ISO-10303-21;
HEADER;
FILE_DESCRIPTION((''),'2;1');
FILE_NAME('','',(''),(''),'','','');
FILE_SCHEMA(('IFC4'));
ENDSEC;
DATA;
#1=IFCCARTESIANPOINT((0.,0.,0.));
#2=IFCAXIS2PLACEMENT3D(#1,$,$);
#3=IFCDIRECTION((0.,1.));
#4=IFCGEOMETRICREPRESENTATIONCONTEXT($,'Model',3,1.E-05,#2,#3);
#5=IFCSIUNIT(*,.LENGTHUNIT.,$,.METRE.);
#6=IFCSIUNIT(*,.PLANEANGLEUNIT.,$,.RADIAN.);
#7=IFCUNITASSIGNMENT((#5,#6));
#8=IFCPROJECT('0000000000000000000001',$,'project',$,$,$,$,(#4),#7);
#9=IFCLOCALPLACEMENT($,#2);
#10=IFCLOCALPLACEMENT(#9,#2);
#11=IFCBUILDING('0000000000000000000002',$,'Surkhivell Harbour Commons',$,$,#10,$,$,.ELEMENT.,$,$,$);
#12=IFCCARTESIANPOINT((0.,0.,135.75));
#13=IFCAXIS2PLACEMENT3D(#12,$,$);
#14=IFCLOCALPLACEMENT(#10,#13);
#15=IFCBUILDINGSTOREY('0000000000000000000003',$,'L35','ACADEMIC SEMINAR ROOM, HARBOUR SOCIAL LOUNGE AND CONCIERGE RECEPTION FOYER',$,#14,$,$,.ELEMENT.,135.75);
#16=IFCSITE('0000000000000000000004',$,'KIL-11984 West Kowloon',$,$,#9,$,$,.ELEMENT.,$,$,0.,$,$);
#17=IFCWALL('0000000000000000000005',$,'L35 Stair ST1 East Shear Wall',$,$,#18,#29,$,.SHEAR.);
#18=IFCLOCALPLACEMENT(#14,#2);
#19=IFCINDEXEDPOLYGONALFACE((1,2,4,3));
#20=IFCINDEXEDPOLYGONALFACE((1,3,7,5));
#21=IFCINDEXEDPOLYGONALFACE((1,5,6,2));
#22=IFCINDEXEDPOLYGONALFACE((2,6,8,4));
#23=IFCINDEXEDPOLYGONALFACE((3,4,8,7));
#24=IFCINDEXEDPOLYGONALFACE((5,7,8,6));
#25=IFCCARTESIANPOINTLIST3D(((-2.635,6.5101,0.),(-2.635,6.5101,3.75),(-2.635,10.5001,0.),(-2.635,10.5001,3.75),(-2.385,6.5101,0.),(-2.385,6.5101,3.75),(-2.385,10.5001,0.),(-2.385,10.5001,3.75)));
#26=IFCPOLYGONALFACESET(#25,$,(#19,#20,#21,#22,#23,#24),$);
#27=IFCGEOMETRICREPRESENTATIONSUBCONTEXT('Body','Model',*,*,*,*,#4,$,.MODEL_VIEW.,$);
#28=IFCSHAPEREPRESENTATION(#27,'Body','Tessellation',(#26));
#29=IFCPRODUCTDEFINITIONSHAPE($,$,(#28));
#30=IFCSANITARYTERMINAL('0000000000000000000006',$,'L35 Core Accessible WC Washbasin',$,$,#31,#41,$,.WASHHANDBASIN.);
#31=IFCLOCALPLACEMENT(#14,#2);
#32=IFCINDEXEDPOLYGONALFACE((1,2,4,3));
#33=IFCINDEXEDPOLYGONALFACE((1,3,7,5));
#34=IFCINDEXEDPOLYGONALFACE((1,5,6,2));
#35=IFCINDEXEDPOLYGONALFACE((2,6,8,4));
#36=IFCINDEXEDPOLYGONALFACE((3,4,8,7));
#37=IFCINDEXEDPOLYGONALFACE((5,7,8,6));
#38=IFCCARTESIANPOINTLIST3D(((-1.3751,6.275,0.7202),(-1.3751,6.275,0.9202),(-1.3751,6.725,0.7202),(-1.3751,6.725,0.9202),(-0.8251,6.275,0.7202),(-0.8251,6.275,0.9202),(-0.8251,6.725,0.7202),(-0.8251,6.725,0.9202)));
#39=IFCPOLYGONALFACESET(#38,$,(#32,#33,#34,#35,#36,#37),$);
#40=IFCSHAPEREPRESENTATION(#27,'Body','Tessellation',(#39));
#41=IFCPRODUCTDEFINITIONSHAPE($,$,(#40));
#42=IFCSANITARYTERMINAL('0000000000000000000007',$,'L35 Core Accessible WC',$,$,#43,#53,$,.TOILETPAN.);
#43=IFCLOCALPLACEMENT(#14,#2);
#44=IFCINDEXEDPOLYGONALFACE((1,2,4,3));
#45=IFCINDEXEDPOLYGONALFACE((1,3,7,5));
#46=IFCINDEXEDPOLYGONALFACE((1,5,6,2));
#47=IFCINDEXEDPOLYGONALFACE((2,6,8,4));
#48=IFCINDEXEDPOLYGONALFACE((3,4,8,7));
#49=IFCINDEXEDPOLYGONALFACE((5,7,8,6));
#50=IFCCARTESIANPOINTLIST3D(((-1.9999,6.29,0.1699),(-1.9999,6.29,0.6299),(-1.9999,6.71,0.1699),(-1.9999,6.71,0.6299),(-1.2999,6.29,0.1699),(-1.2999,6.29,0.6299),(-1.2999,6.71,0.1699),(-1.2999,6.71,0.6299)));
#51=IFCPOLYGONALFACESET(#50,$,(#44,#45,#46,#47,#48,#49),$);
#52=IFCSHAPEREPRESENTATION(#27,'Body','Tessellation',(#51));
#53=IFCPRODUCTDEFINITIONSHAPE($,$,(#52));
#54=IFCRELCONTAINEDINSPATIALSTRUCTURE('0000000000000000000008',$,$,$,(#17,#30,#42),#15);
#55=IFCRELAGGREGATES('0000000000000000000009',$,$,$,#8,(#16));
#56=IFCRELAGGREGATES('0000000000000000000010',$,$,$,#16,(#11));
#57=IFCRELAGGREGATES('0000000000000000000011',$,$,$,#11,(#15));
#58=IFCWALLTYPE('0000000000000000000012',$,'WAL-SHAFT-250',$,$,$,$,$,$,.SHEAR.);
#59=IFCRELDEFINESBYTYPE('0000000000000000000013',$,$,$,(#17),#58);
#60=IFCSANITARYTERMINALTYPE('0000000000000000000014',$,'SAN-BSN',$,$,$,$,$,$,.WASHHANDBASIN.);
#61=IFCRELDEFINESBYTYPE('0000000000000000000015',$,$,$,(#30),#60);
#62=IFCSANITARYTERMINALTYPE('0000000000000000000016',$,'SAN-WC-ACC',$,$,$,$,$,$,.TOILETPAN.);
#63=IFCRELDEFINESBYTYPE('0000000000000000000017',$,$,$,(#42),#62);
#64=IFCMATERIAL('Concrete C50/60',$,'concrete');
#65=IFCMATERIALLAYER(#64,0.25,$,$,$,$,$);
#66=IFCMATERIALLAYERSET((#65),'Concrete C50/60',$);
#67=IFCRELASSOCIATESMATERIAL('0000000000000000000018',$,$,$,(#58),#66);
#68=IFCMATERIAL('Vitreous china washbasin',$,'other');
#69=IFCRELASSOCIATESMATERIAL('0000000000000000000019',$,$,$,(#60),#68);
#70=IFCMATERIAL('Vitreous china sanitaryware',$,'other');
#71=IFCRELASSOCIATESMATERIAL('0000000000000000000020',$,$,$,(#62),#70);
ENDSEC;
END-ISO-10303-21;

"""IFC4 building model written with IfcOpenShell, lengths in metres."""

from ifc_helpers import new_model, si_unit, direction, frame, frame_2d, origin, origin_2d, place, context, subcontext, project, spatial, rectangle, extrude, material, layer, layer_set, type_object, element, save


model = new_model("IFC4")

# Units and contexts
model_context = context("Model", 3, precision=1e-05, world=origin(), true_north=direction((0.0, 1.0)))
body_context = subcontext(model_context, "Body", "Model", "MODEL_VIEW")
ifc_project = project(units=[si_unit("LENGTHUNIT", "METRE"), si_unit("PLANEANGLEUNIT", "RADIAN")], contexts=[model_context])

# Site, building, storey
site_placement = place(None, origin())
site = spatial("IfcSite", under=ifc_project, at=site_placement, Name="KIL-11984 West Kowloon", CompositionType="ELEMENT", RefElevation=0.0)
building_placement = place(site_placement, origin())
building = spatial("IfcBuilding", under=site, at=building_placement, Name="Surkhivell Harbour Commons", CompositionType="ELEMENT")
storey_placement = place(building_placement, frame((0.0, 0.0, 135.75)))
storey = spatial("IfcBuildingStorey", under=building, at=storey_placement, Name="L35", Description="ACADEMIC SEMINAR ROOM, HARBOUR SOCIAL LOUNGE AND CONCIERGE RECEPTION FOYER", CompositionType="ELEMENT", Elevation=135.75)

# Shared definitions
ifc_material_1 = material(Name="Concrete C50/60", Category="concrete")
ifc_layer_1 = layer(ifc_material_1, 0.25)
ifc_layer_set_1 = layer_set([ifc_layer_1], Name="Concrete C50/60")
wall_type_1 = type_object("IfcWallType", Name="WAL-SHAFT-250", PredefinedType="SHEAR", material=ifc_layer_set_1)

# Wall
wall_1_placement = place(storey_placement, frame((-2.51, 6.51, 0.0), z_axis=(0.0, 0.0, 1.0), x_axis=(0.0, 1.0, 0.0)))
element("IfcWall", 1, at=wall_1_placement, inside=storey, type_object=wall_type_1, Name="L35 Stair ST1 East Shear Wall", PredefinedType="SHEAR", context=body_context, shape_type="SweptSolid", body=[
    extrude(rectangle(XDim=3.99, YDim=0.25, at=frame_2d((1.9951, 0.0))), origin(), (0.0, 0.0, 1.0), 3.75),
])

# Sanitary terminals
ifc_material_2 = material(Name="Vitreous china washbasin", Category="other")
sanitary_terminal_type_1 = type_object("IfcSanitaryTerminalType", Name="SAN-BSN", PredefinedType="WASHHANDBASIN", material=ifc_material_2)
sanitary_terminal_1_placement = place(storey_placement, frame((-1.1001, 6.5, 0.7202), z_axis=(0.0, 0.0, 1.0), x_axis=(1.0, 0.0, 0.0)))
element("IfcSanitaryTerminal", 2, at=sanitary_terminal_1_placement, inside=storey, type_object=sanitary_terminal_type_1, Name="L35 Core Accessible WC Washbasin", PredefinedType="WASHHANDBASIN", context=body_context, shape_type="SweptSolid", body=[
    extrude(rectangle(XDim=0.55, YDim=0.45, at=origin_2d()), origin(), (0.0, 0.0, 1.0), 0.2),
])
ifc_material_3 = material(Name="Vitreous china sanitaryware", Category="other")
sanitary_terminal_type_2 = type_object("IfcSanitaryTerminalType", Name="SAN-WC-ACC", PredefinedType="TOILETPAN", material=ifc_material_3)
sanitary_terminal_2_placement = place(storey_placement, frame((-1.6499, 6.5, 0.1699), z_axis=(0.0, 0.0, 1.0), x_axis=(1.0, 0.0, 0.0)))
element("IfcSanitaryTerminal", 3, at=sanitary_terminal_2_placement, inside=storey, type_object=sanitary_terminal_type_2, Name="L35 Core Accessible WC", PredefinedType="TOILETPAN", context=body_context, shape_type="SweptSolid", body=[
    extrude(rectangle(XDim=0.7, YDim=0.4199, at=origin_2d()), origin(), (0.0, 0.0, 1.0), 0.46),
])

save(model, "model.ifc")
